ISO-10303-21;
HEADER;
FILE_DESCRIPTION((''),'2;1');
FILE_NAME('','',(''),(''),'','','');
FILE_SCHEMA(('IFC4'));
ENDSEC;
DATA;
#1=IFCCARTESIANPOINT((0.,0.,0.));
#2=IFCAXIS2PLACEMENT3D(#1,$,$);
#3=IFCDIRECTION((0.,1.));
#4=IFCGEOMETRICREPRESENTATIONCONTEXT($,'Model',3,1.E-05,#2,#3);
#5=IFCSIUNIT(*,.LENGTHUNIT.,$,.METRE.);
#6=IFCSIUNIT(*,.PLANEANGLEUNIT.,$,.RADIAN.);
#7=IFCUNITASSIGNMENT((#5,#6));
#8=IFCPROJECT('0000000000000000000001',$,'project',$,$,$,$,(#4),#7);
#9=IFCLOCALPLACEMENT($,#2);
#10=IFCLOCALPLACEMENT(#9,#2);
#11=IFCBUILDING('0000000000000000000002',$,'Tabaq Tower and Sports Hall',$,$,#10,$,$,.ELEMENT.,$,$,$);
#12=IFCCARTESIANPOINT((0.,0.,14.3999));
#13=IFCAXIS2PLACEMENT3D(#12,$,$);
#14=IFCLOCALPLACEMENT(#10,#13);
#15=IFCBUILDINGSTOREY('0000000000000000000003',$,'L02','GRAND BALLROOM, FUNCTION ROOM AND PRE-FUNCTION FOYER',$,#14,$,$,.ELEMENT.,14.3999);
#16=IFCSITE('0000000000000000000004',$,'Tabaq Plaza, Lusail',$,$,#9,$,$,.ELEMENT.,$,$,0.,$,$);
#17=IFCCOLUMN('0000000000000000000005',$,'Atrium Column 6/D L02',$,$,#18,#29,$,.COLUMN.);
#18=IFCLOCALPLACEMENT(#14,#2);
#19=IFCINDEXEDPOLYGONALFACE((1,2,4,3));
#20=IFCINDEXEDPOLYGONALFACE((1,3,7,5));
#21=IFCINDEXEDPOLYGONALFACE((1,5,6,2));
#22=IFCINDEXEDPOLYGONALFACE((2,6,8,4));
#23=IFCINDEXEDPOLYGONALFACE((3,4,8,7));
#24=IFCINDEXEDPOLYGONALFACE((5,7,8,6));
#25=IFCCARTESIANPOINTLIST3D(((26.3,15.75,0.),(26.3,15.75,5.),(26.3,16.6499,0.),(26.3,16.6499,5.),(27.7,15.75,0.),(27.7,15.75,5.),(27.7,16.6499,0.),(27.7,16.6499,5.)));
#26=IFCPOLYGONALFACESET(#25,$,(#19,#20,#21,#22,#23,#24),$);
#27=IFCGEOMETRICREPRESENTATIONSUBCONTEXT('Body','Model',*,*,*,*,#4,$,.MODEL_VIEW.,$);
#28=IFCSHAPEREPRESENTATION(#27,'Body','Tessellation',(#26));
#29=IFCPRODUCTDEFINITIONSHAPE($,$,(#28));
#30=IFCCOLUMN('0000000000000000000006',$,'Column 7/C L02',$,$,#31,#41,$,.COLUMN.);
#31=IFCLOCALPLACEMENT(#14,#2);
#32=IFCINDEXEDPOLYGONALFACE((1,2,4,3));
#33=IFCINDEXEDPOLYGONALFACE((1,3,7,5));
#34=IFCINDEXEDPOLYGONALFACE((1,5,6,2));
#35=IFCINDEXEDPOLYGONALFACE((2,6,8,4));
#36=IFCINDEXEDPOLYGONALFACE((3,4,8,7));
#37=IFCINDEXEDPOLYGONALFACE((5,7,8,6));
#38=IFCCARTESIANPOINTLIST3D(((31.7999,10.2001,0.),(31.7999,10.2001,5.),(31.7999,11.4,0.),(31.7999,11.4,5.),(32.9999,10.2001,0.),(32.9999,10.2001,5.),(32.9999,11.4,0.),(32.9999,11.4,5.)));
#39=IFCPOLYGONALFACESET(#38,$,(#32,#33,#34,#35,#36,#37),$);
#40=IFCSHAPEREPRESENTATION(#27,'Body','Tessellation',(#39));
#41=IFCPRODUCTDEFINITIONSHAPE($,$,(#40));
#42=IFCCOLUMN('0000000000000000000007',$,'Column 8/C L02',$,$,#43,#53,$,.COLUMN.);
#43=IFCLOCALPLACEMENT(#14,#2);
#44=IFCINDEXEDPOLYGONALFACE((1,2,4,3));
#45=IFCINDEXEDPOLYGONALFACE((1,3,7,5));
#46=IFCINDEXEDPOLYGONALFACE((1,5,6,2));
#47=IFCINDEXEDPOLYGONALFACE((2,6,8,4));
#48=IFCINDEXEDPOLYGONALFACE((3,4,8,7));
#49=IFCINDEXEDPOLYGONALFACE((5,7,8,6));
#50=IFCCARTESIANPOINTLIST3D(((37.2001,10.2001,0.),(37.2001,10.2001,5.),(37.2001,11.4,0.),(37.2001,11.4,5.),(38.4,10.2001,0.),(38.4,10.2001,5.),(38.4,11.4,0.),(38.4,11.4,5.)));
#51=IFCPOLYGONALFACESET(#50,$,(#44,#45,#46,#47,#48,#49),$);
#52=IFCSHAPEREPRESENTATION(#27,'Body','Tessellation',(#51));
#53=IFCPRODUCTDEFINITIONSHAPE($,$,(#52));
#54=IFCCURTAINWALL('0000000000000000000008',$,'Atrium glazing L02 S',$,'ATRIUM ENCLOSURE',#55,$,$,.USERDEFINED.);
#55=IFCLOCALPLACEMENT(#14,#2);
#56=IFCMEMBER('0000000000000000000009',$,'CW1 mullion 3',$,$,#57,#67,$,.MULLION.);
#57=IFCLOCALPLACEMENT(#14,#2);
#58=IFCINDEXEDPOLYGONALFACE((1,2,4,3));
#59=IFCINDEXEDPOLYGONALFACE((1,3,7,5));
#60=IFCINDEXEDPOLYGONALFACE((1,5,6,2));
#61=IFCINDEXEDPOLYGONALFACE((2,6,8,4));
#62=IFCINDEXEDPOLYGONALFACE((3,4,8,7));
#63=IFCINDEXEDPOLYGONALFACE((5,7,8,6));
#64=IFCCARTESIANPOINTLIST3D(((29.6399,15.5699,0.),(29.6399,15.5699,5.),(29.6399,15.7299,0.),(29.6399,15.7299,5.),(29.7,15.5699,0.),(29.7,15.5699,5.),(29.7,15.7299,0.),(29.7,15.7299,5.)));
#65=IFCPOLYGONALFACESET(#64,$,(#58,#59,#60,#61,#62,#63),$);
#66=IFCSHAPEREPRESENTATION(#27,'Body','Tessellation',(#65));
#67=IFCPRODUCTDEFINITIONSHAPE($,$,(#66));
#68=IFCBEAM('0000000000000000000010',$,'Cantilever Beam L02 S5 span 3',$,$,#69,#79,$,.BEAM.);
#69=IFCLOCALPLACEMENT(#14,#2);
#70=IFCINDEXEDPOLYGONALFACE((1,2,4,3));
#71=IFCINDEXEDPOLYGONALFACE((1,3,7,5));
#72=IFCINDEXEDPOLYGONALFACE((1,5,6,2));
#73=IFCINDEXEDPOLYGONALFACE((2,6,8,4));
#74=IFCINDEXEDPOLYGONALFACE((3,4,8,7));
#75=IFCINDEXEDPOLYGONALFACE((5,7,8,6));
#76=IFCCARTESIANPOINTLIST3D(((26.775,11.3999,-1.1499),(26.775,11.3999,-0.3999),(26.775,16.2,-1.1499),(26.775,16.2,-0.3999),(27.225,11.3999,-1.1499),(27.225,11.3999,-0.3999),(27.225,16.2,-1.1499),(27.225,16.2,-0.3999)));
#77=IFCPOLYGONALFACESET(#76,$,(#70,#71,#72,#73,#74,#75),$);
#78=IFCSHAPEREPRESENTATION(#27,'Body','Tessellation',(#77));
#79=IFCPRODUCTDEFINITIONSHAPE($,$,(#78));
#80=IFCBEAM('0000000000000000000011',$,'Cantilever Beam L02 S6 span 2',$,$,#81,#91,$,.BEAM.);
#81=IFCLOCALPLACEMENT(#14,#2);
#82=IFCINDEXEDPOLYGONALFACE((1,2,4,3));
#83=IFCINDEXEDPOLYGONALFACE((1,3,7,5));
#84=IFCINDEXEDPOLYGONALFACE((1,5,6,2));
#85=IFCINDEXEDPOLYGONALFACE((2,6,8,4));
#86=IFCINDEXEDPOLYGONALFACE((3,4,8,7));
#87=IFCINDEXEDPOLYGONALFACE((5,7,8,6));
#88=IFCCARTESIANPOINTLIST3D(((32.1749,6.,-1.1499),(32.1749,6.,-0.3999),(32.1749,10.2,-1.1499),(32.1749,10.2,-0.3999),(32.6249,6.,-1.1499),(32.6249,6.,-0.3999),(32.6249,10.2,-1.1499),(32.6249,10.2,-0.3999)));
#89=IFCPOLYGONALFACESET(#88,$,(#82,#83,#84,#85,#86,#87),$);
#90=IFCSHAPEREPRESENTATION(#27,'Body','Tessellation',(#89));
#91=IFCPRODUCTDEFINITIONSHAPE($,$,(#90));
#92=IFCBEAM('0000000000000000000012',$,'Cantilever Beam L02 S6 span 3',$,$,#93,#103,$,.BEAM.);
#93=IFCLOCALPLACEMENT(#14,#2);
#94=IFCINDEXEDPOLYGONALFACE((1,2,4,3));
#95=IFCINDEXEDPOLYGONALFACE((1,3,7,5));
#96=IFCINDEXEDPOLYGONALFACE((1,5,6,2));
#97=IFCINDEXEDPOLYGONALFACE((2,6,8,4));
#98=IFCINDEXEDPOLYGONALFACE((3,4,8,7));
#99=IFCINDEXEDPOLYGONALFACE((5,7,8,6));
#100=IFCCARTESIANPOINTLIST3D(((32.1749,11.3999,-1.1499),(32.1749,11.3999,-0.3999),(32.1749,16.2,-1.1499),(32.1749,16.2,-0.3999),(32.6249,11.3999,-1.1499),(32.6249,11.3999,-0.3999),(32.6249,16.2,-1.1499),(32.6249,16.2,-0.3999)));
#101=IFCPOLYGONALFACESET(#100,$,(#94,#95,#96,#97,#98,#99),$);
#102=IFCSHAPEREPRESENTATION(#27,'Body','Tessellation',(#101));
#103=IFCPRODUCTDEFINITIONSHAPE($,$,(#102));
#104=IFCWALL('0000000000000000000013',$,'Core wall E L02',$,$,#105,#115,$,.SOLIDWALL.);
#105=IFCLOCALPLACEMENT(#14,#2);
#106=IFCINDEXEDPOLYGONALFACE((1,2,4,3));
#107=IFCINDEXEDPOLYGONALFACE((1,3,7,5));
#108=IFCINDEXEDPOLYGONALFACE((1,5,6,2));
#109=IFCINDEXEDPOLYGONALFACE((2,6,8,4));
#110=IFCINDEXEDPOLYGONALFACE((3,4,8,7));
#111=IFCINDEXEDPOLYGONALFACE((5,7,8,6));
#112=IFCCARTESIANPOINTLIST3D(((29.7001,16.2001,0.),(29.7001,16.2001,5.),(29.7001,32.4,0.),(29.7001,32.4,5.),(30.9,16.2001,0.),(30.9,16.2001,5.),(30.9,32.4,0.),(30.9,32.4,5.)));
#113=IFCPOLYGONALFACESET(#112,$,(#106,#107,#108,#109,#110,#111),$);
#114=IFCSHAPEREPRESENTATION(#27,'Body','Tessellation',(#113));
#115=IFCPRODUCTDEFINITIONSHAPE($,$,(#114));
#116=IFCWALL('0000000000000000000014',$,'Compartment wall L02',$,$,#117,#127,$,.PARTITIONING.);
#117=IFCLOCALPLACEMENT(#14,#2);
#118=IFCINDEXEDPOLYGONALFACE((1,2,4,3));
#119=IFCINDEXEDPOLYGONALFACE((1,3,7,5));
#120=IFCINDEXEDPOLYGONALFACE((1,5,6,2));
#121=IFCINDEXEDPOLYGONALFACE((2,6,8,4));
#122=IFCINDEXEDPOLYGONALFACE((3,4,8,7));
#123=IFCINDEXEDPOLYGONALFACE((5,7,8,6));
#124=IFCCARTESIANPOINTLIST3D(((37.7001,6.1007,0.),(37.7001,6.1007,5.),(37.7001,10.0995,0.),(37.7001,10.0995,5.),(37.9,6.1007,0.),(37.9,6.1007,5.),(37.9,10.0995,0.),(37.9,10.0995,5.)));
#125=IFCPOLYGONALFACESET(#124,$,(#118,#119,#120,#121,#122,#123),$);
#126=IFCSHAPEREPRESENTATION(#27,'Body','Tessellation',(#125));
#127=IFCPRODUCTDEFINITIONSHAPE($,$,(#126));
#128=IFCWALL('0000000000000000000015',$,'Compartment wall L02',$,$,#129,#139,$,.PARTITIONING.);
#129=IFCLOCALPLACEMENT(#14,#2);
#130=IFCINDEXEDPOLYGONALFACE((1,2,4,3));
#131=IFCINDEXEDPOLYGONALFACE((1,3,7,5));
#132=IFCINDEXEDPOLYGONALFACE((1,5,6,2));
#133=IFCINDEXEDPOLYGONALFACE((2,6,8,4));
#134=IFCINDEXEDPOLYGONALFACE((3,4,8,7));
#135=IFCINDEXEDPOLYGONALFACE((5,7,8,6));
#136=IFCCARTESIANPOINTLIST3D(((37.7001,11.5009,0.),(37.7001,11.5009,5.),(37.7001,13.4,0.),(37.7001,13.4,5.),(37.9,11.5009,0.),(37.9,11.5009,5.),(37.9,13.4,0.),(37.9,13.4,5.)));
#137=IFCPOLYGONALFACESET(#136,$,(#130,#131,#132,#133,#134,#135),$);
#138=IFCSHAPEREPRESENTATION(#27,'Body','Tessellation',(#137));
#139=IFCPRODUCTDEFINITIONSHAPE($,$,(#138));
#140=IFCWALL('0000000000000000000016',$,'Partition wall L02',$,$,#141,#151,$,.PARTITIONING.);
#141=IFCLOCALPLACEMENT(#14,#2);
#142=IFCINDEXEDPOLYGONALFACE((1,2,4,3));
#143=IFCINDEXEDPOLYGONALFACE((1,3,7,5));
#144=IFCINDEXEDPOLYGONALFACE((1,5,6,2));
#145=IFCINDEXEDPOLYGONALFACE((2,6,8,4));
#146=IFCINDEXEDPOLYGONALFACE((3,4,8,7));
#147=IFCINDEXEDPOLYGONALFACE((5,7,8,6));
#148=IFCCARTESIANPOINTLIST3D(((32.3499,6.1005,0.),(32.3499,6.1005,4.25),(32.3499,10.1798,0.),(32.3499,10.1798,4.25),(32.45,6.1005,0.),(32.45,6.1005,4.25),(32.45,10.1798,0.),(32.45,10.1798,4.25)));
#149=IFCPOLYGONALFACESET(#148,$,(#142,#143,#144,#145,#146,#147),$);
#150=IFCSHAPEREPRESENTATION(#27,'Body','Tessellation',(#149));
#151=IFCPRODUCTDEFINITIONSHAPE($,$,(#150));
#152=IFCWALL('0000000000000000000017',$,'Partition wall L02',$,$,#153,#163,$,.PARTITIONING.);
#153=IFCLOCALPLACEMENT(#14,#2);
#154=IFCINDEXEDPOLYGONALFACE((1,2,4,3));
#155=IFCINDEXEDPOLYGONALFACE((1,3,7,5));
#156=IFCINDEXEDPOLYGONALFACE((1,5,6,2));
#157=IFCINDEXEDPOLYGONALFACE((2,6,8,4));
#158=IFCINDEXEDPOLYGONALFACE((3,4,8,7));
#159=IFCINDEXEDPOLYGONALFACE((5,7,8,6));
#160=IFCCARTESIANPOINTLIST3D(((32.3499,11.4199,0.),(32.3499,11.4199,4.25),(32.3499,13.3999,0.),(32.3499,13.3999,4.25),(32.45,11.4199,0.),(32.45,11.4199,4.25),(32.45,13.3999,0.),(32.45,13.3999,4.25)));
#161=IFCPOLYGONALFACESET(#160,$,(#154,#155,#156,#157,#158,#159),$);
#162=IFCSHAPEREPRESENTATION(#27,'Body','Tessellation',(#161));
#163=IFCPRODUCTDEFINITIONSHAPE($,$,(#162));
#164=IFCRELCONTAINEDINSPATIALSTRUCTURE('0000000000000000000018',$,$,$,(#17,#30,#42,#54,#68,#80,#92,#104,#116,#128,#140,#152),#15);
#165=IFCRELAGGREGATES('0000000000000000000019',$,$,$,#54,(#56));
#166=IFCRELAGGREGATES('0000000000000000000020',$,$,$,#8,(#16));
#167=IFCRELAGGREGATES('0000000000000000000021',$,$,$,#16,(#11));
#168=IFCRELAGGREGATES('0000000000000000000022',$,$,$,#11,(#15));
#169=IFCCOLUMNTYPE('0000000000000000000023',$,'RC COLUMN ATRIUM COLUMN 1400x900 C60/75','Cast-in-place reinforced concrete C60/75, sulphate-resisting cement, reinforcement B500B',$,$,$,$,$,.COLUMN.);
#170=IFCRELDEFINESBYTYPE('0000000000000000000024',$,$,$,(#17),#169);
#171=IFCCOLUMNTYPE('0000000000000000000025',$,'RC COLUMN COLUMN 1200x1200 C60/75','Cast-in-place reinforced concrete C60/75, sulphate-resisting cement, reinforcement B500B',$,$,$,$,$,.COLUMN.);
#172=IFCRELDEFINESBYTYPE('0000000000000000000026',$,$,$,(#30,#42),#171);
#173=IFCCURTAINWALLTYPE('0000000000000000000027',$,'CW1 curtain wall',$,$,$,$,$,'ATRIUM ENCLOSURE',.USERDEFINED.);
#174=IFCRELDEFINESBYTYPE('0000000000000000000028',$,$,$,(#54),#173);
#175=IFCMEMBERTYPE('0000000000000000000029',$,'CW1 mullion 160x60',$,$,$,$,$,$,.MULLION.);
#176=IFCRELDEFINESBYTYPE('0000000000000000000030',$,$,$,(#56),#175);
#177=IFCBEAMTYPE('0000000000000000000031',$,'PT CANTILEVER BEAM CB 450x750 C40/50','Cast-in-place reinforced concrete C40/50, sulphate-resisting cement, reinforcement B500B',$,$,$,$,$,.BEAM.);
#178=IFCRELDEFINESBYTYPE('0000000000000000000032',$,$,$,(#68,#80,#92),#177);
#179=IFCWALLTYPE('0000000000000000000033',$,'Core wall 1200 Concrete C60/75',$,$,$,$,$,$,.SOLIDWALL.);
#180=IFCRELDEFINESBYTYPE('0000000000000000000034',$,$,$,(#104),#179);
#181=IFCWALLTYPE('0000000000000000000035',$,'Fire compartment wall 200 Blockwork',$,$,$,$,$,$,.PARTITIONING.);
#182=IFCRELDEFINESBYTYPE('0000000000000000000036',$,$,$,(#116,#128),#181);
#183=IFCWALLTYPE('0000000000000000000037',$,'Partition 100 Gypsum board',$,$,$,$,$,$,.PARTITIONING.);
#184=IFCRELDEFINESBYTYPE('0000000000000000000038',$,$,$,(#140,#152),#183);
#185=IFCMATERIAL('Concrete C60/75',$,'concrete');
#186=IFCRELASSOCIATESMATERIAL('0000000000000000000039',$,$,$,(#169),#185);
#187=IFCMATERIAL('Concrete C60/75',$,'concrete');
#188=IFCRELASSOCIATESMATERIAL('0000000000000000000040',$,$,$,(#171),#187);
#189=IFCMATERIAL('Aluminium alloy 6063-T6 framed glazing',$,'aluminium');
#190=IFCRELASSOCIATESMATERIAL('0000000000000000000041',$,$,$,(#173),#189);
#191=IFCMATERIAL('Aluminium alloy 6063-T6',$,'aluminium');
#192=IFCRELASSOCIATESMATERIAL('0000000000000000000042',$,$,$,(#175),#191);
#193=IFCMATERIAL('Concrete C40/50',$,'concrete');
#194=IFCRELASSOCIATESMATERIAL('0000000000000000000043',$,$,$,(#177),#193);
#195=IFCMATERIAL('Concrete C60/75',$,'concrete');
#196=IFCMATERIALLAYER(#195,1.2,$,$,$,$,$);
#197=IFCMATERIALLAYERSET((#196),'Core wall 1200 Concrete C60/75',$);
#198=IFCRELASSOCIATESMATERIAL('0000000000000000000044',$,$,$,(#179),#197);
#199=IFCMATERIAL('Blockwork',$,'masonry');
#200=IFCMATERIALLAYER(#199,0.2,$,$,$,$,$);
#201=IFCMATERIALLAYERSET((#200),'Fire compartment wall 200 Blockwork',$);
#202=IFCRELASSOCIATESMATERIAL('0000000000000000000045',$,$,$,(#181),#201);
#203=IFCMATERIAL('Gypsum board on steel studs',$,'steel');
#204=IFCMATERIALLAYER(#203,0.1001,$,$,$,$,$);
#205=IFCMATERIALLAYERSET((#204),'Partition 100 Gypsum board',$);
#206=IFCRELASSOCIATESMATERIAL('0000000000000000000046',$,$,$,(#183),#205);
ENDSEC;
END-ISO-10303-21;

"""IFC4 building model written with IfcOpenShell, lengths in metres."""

from ifc_helpers import new_model, si_unit, direction, frame, frame_2d, origin, origin_2d, place, context, subcontext, project, spatial, rectangle, extrude, material, layer, layer_set, material_profile, profile_set, type_object, element, aggregate, save


model = new_model("IFC4")

# Units and contexts
model_context = context("Model", 3, precision=1e-05, world=origin(), true_north=direction((0.0, 1.0)))
body_context = subcontext(model_context, "Body", "Model", "MODEL_VIEW")
ifc_project = project(units=[si_unit("LENGTHUNIT", "METRE"), si_unit("PLANEANGLEUNIT", "RADIAN")], contexts=[model_context])

# Site, building, storey
site_placement = place(None, origin())
site = spatial("IfcSite", under=ifc_project, at=site_placement, Name="Tabaq Plaza, Lusail", CompositionType="ELEMENT", RefElevation=0.0)
building_placement = place(site_placement, origin())
building = spatial("IfcBuilding", under=site, at=building_placement, Name="Tabaq Tower and Sports Hall", CompositionType="ELEMENT")
storey_placement = place(building_placement, frame((0.0, 0.0, 14.3999)))
storey = spatial("IfcBuildingStorey", under=building, at=storey_placement, Name="L02", Description="GRAND BALLROOM, FUNCTION ROOM AND PRE-FUNCTION FOYER", CompositionType="ELEMENT", Elevation=14.3999)

# Columns
ifc_material_1 = material(Name="Concrete C60/75", Category="concrete")
ifc_material_profile_1 = material_profile(ifc_material_1, rectangle(XDim=1.3999, YDim=0.8999, at=origin_2d()), Name="ATRIUM COLUMN 1400x900")
ifc_profile_set_1 = profile_set([ifc_material_profile_1], Name="Concrete C60/75")
column_type_1 = type_object("IfcColumnType", Name="RC COLUMN ATRIUM COLUMN 1400x900 C60/75", Description="Cast-in-place reinforced concrete C60/75, sulphate-resisting cement, reinforcement B500B", PredefinedType="COLUMN", material=ifc_profile_set_1)
column_placement = place(storey_placement, frame((27.0, 16.2, 0.0), z_axis=(0.0, 0.0, 1.0), x_axis=(1.0, 0.0, 0.0)))
element("IfcColumn", 1, at=column_placement, inside=storey, type_object=column_type_1, Name="Atrium Column 6/D L02", PredefinedType="COLUMN", context=body_context, shape_type="SweptSolid", body=[
    extrude(rectangle(XDim=1.3999, YDim=0.8999, at=origin_2d()), origin(), (0.0, 0.0, 1.0), 5.0),
])
ifc_material_2 = material(Name="Concrete C60/75", Category="concrete")
ifc_material_profile_2 = material_profile(ifc_material_2, rectangle(XDim=1.2, YDim=1.2, at=origin_2d()), Name="COLUMN 1200x1200")
ifc_profile_set_2 = profile_set([ifc_material_profile_2], Name="Concrete C60/75")
column_type_2 = type_object("IfcColumnType", Name="RC COLUMN COLUMN 1200x1200 C60/75", Description="Cast-in-place reinforced concrete C60/75, sulphate-resisting cement, reinforcement B500B", PredefinedType="COLUMN", material=ifc_profile_set_2)
for number, where, z_axis, x_axis, name in (
    (2, (32.3999, 10.8, 0.0), (0.0, 0.0, 1.0), (1.0, 0.0, 0.0), "Column 7/C L02"),
    (3, (37.8, 10.8, 0.0), (0.0, 0.0, 1.0), (1.0, 0.0, 0.0), "Column 8/C L02"),
):
    element("IfcColumn", number, at=place(storey_placement, frame(where, z_axis=z_axis, x_axis=x_axis)), inside=storey, type_object=column_type_2, Name=name, PredefinedType="COLUMN", context=body_context, shape_type="SweptSolid", body=[
        extrude(rectangle(XDim=1.2, YDim=1.2, at=origin_2d()), origin(), (0.0, 0.0, 1.0), 5.0),
    ])

# Curtain wall, member
ifc_material_3 = material(Name="Aluminium alloy 6063-T6 framed glazing", Category="aluminium")
curtain_wall_type = type_object("IfcCurtainWallType", Name="CW1 curtain wall", ElementType="ATRIUM ENCLOSURE", PredefinedType="USERDEFINED", material=ifc_material_3)
curtain_wall_placement = place(storey_placement, origin())
curtain_wall = element("IfcCurtainWall", 4, at=curtain_wall_placement, inside=storey, type_object=curtain_wall_type, Name="Atrium glazing L02 S", ObjectType="ATRIUM ENCLOSURE", PredefinedType="USERDEFINED")
ifc_material_4 = material(Name="Aluminium alloy 6063-T6", Category="aluminium")
ifc_material_profile_3 = material_profile(ifc_material_4, rectangle(XDim=0.1599, YDim=0.0601, at=origin_2d()), Name="MULLION 160x60")
ifc_profile_set_3 = profile_set([ifc_material_profile_3], Name="Aluminium alloy 6063-T6")
member_type = type_object("IfcMemberType", Name="CW1 mullion 160x60", PredefinedType="MULLION", material=ifc_profile_set_3)
member_placement = place(storey_placement, frame((29.6699, 15.6499, 0.0), z_axis=(0.0, 0.0, 1.0), x_axis=(0.0, 1.0, 0.0)))
member = element("IfcMember", 5, at=member_placement, type_object=member_type, Name="CW1 mullion 3", PredefinedType="MULLION", context=body_context, shape_type="SweptSolid", body=[
    extrude(rectangle(XDim=0.1599, YDim=0.0601, at=origin_2d()), origin(), (0.0, 0.0, 1.0), 5.0),
])
aggregate(curtain_wall, [member])

# Beams
ifc_material_5 = material(Name="Concrete C40/50", Category="concrete")
ifc_material_profile_4 = material_profile(ifc_material_5, rectangle(XDim=0.45, YDim=0.75, at=origin_2d()), Name="CB 450x750")
ifc_profile_set_4 = profile_set([ifc_material_profile_4], Name="Concrete C40/50")
beam_type = type_object("IfcBeamType", Name="PT CANTILEVER BEAM CB 450x750 C40/50", Description="Cast-in-place reinforced concrete C40/50, sulphate-resisting cement, reinforcement B500B", PredefinedType="BEAM", material=ifc_profile_set_4)
beam_1_placement = place(storey_placement, frame((27.0, 11.3999, -0.7749), z_axis=(0.0, 1.0, 0.0), x_axis=(-1.0, 0.0, 0.0)))
element("IfcBeam", 6, at=beam_1_placement, inside=storey, type_object=beam_type, Name="Cantilever Beam L02 S5 span 3", PredefinedType="BEAM", context=body_context, shape_type="SweptSolid", body=[
    extrude(rectangle(XDim=0.45, YDim=0.75, at=origin_2d()), origin(), (0.0, 0.0, 1.0), 4.8),
])
beam_2_placement = place(storey_placement, frame((32.3999, 6.0, -0.7749), z_axis=(0.0, 1.0, 0.0), x_axis=(-1.0, 0.0, 0.0)))
element("IfcBeam", 7, at=beam_2_placement, inside=storey, type_object=beam_type, Name="Cantilever Beam L02 S6 span 2", PredefinedType="BEAM", context=body_context, shape_type="SweptSolid", body=[
    extrude(rectangle(XDim=0.45, YDim=0.75, at=origin_2d()), origin(), (0.0, 0.0, 1.0), 4.2),
])
beam_3_placement = place(storey_placement, frame((32.3999, 11.3999, -0.7749), z_axis=(0.0, 1.0, 0.0), x_axis=(-1.0, 0.0, 0.0)))
element("IfcBeam", 8, at=beam_3_placement, inside=storey, type_object=beam_type, Name="Cantilever Beam L02 S6 span 3", PredefinedType="BEAM", context=body_context, shape_type="SweptSolid", body=[
    extrude(rectangle(XDim=0.45, YDim=0.75, at=origin_2d()), origin(), (0.0, 0.0, 1.0), 4.8),
])

# Walls
ifc_material_6 = material(Name="Concrete C60/75", Category="concrete")
ifc_layer_1 = layer(ifc_material_6, 1.2)
ifc_layer_set_1 = layer_set([ifc_layer_1], Name="Core wall 1200 Concrete C60/75")
wall_type_1 = type_object("IfcWallType", Name="Core wall 1200 Concrete C60/75", PredefinedType="SOLIDWALL", material=ifc_layer_set_1)
wall_1_placement = place(storey_placement, frame((30.3, 16.2, 0.0), z_axis=(0.0, 0.0, 1.0), x_axis=(0.0, 1.0, 0.0)))
element("IfcWall", 9, at=wall_1_placement, inside=storey, type_object=wall_type_1, Name="Core wall E L02", PredefinedType="SOLIDWALL", context=body_context, shape_type="SweptSolid", body=[
    extrude(rectangle(XDim=16.2, YDim=1.2, at=frame_2d((8.1001, 0.0))), origin(), (0.0, 0.0, 1.0), 5.0),
])
ifc_material_7 = material(Name="Blockwork", Category="masonry")
ifc_layer_2 = layer(ifc_material_7, 0.2)
ifc_layer_set_2 = layer_set([ifc_layer_2], Name="Fire compartment wall 200 Blockwork")
wall_type_2 = type_object("IfcWallType", Name="Fire compartment wall 200 Blockwork", PredefinedType="PARTITIONING", material=ifc_layer_set_2)
wall_2_placement = place(storey_placement, frame((37.8, 6.1006, 0.0), z_axis=(0.0, 0.0, 1.0), x_axis=(0.0, 1.0, 0.0)))
element("IfcWall", 10, at=wall_2_placement, inside=storey, type_object=wall_type_2, Name="Compartment wall L02", PredefinedType="PARTITIONING", context=body_context, shape_type="SweptSolid", body=[
    extrude(rectangle(XDim=3.9988, YDim=0.2, at=frame_2d((1.9995, 0.0))), origin(), (0.0, 0.0, 1.0), 5.0),
])
wall_3_placement = place(storey_placement, frame((37.8, 11.5007, 0.0), z_axis=(0.0, 0.0, 1.0), x_axis=(0.0, 1.0, 0.0)))
element("IfcWall", 11, at=wall_3_placement, inside=storey, type_object=wall_type_2, Name="Compartment wall L02", PredefinedType="PARTITIONING", context=body_context, shape_type="SweptSolid", body=[
    extrude(rectangle(XDim=1.8992, YDim=0.2, at=frame_2d((0.9497, 0.0))), origin(), (0.0, 0.0, 1.0), 5.0),
])
ifc_material_8 = material(Name="Gypsum board on steel studs", Category="steel")
ifc_layer_3 = layer(ifc_material_8, 0.1001)
ifc_layer_set_3 = layer_set([ifc_layer_3], Name="Partition 100 Gypsum board")
wall_type_3 = type_object("IfcWallType", Name="Partition 100 Gypsum board", PredefinedType="PARTITIONING", material=ifc_layer_set_3)
wall_4_placement = place(storey_placement, frame((32.3999, 6.1006, 0.0), z_axis=(0.0, 0.0, 1.0), x_axis=(0.0, 1.0, 0.0)))
element("IfcWall", 12, at=wall_4_placement, inside=storey, type_object=wall_type_3, Name="Partition wall L02", PredefinedType="PARTITIONING", context=body_context, shape_type="SweptSolid", body=[
    extrude(rectangle(XDim=4.0793, YDim=0.1001, at=frame_2d((2.0396, 0.0))), origin(), (0.0, 0.0, 1.0), 4.25),
])
wall_5_placement = place(storey_placement, frame((32.3999, 11.4199, 0.0), z_axis=(0.0, 0.0, 1.0), x_axis=(0.0, 1.0, 0.0)))
element("IfcWall", 13, at=wall_5_placement, inside=storey, type_object=wall_type_3, Name="Partition wall L02", PredefinedType="PARTITIONING", context=body_context, shape_type="SweptSolid", body=[
    extrude(rectangle(XDim=1.98, YDim=0.1001, at=frame_2d((0.99, 0.0))), origin(), (0.0, 0.0, 1.0), 4.25),
])

save(model, "model.ifc")
